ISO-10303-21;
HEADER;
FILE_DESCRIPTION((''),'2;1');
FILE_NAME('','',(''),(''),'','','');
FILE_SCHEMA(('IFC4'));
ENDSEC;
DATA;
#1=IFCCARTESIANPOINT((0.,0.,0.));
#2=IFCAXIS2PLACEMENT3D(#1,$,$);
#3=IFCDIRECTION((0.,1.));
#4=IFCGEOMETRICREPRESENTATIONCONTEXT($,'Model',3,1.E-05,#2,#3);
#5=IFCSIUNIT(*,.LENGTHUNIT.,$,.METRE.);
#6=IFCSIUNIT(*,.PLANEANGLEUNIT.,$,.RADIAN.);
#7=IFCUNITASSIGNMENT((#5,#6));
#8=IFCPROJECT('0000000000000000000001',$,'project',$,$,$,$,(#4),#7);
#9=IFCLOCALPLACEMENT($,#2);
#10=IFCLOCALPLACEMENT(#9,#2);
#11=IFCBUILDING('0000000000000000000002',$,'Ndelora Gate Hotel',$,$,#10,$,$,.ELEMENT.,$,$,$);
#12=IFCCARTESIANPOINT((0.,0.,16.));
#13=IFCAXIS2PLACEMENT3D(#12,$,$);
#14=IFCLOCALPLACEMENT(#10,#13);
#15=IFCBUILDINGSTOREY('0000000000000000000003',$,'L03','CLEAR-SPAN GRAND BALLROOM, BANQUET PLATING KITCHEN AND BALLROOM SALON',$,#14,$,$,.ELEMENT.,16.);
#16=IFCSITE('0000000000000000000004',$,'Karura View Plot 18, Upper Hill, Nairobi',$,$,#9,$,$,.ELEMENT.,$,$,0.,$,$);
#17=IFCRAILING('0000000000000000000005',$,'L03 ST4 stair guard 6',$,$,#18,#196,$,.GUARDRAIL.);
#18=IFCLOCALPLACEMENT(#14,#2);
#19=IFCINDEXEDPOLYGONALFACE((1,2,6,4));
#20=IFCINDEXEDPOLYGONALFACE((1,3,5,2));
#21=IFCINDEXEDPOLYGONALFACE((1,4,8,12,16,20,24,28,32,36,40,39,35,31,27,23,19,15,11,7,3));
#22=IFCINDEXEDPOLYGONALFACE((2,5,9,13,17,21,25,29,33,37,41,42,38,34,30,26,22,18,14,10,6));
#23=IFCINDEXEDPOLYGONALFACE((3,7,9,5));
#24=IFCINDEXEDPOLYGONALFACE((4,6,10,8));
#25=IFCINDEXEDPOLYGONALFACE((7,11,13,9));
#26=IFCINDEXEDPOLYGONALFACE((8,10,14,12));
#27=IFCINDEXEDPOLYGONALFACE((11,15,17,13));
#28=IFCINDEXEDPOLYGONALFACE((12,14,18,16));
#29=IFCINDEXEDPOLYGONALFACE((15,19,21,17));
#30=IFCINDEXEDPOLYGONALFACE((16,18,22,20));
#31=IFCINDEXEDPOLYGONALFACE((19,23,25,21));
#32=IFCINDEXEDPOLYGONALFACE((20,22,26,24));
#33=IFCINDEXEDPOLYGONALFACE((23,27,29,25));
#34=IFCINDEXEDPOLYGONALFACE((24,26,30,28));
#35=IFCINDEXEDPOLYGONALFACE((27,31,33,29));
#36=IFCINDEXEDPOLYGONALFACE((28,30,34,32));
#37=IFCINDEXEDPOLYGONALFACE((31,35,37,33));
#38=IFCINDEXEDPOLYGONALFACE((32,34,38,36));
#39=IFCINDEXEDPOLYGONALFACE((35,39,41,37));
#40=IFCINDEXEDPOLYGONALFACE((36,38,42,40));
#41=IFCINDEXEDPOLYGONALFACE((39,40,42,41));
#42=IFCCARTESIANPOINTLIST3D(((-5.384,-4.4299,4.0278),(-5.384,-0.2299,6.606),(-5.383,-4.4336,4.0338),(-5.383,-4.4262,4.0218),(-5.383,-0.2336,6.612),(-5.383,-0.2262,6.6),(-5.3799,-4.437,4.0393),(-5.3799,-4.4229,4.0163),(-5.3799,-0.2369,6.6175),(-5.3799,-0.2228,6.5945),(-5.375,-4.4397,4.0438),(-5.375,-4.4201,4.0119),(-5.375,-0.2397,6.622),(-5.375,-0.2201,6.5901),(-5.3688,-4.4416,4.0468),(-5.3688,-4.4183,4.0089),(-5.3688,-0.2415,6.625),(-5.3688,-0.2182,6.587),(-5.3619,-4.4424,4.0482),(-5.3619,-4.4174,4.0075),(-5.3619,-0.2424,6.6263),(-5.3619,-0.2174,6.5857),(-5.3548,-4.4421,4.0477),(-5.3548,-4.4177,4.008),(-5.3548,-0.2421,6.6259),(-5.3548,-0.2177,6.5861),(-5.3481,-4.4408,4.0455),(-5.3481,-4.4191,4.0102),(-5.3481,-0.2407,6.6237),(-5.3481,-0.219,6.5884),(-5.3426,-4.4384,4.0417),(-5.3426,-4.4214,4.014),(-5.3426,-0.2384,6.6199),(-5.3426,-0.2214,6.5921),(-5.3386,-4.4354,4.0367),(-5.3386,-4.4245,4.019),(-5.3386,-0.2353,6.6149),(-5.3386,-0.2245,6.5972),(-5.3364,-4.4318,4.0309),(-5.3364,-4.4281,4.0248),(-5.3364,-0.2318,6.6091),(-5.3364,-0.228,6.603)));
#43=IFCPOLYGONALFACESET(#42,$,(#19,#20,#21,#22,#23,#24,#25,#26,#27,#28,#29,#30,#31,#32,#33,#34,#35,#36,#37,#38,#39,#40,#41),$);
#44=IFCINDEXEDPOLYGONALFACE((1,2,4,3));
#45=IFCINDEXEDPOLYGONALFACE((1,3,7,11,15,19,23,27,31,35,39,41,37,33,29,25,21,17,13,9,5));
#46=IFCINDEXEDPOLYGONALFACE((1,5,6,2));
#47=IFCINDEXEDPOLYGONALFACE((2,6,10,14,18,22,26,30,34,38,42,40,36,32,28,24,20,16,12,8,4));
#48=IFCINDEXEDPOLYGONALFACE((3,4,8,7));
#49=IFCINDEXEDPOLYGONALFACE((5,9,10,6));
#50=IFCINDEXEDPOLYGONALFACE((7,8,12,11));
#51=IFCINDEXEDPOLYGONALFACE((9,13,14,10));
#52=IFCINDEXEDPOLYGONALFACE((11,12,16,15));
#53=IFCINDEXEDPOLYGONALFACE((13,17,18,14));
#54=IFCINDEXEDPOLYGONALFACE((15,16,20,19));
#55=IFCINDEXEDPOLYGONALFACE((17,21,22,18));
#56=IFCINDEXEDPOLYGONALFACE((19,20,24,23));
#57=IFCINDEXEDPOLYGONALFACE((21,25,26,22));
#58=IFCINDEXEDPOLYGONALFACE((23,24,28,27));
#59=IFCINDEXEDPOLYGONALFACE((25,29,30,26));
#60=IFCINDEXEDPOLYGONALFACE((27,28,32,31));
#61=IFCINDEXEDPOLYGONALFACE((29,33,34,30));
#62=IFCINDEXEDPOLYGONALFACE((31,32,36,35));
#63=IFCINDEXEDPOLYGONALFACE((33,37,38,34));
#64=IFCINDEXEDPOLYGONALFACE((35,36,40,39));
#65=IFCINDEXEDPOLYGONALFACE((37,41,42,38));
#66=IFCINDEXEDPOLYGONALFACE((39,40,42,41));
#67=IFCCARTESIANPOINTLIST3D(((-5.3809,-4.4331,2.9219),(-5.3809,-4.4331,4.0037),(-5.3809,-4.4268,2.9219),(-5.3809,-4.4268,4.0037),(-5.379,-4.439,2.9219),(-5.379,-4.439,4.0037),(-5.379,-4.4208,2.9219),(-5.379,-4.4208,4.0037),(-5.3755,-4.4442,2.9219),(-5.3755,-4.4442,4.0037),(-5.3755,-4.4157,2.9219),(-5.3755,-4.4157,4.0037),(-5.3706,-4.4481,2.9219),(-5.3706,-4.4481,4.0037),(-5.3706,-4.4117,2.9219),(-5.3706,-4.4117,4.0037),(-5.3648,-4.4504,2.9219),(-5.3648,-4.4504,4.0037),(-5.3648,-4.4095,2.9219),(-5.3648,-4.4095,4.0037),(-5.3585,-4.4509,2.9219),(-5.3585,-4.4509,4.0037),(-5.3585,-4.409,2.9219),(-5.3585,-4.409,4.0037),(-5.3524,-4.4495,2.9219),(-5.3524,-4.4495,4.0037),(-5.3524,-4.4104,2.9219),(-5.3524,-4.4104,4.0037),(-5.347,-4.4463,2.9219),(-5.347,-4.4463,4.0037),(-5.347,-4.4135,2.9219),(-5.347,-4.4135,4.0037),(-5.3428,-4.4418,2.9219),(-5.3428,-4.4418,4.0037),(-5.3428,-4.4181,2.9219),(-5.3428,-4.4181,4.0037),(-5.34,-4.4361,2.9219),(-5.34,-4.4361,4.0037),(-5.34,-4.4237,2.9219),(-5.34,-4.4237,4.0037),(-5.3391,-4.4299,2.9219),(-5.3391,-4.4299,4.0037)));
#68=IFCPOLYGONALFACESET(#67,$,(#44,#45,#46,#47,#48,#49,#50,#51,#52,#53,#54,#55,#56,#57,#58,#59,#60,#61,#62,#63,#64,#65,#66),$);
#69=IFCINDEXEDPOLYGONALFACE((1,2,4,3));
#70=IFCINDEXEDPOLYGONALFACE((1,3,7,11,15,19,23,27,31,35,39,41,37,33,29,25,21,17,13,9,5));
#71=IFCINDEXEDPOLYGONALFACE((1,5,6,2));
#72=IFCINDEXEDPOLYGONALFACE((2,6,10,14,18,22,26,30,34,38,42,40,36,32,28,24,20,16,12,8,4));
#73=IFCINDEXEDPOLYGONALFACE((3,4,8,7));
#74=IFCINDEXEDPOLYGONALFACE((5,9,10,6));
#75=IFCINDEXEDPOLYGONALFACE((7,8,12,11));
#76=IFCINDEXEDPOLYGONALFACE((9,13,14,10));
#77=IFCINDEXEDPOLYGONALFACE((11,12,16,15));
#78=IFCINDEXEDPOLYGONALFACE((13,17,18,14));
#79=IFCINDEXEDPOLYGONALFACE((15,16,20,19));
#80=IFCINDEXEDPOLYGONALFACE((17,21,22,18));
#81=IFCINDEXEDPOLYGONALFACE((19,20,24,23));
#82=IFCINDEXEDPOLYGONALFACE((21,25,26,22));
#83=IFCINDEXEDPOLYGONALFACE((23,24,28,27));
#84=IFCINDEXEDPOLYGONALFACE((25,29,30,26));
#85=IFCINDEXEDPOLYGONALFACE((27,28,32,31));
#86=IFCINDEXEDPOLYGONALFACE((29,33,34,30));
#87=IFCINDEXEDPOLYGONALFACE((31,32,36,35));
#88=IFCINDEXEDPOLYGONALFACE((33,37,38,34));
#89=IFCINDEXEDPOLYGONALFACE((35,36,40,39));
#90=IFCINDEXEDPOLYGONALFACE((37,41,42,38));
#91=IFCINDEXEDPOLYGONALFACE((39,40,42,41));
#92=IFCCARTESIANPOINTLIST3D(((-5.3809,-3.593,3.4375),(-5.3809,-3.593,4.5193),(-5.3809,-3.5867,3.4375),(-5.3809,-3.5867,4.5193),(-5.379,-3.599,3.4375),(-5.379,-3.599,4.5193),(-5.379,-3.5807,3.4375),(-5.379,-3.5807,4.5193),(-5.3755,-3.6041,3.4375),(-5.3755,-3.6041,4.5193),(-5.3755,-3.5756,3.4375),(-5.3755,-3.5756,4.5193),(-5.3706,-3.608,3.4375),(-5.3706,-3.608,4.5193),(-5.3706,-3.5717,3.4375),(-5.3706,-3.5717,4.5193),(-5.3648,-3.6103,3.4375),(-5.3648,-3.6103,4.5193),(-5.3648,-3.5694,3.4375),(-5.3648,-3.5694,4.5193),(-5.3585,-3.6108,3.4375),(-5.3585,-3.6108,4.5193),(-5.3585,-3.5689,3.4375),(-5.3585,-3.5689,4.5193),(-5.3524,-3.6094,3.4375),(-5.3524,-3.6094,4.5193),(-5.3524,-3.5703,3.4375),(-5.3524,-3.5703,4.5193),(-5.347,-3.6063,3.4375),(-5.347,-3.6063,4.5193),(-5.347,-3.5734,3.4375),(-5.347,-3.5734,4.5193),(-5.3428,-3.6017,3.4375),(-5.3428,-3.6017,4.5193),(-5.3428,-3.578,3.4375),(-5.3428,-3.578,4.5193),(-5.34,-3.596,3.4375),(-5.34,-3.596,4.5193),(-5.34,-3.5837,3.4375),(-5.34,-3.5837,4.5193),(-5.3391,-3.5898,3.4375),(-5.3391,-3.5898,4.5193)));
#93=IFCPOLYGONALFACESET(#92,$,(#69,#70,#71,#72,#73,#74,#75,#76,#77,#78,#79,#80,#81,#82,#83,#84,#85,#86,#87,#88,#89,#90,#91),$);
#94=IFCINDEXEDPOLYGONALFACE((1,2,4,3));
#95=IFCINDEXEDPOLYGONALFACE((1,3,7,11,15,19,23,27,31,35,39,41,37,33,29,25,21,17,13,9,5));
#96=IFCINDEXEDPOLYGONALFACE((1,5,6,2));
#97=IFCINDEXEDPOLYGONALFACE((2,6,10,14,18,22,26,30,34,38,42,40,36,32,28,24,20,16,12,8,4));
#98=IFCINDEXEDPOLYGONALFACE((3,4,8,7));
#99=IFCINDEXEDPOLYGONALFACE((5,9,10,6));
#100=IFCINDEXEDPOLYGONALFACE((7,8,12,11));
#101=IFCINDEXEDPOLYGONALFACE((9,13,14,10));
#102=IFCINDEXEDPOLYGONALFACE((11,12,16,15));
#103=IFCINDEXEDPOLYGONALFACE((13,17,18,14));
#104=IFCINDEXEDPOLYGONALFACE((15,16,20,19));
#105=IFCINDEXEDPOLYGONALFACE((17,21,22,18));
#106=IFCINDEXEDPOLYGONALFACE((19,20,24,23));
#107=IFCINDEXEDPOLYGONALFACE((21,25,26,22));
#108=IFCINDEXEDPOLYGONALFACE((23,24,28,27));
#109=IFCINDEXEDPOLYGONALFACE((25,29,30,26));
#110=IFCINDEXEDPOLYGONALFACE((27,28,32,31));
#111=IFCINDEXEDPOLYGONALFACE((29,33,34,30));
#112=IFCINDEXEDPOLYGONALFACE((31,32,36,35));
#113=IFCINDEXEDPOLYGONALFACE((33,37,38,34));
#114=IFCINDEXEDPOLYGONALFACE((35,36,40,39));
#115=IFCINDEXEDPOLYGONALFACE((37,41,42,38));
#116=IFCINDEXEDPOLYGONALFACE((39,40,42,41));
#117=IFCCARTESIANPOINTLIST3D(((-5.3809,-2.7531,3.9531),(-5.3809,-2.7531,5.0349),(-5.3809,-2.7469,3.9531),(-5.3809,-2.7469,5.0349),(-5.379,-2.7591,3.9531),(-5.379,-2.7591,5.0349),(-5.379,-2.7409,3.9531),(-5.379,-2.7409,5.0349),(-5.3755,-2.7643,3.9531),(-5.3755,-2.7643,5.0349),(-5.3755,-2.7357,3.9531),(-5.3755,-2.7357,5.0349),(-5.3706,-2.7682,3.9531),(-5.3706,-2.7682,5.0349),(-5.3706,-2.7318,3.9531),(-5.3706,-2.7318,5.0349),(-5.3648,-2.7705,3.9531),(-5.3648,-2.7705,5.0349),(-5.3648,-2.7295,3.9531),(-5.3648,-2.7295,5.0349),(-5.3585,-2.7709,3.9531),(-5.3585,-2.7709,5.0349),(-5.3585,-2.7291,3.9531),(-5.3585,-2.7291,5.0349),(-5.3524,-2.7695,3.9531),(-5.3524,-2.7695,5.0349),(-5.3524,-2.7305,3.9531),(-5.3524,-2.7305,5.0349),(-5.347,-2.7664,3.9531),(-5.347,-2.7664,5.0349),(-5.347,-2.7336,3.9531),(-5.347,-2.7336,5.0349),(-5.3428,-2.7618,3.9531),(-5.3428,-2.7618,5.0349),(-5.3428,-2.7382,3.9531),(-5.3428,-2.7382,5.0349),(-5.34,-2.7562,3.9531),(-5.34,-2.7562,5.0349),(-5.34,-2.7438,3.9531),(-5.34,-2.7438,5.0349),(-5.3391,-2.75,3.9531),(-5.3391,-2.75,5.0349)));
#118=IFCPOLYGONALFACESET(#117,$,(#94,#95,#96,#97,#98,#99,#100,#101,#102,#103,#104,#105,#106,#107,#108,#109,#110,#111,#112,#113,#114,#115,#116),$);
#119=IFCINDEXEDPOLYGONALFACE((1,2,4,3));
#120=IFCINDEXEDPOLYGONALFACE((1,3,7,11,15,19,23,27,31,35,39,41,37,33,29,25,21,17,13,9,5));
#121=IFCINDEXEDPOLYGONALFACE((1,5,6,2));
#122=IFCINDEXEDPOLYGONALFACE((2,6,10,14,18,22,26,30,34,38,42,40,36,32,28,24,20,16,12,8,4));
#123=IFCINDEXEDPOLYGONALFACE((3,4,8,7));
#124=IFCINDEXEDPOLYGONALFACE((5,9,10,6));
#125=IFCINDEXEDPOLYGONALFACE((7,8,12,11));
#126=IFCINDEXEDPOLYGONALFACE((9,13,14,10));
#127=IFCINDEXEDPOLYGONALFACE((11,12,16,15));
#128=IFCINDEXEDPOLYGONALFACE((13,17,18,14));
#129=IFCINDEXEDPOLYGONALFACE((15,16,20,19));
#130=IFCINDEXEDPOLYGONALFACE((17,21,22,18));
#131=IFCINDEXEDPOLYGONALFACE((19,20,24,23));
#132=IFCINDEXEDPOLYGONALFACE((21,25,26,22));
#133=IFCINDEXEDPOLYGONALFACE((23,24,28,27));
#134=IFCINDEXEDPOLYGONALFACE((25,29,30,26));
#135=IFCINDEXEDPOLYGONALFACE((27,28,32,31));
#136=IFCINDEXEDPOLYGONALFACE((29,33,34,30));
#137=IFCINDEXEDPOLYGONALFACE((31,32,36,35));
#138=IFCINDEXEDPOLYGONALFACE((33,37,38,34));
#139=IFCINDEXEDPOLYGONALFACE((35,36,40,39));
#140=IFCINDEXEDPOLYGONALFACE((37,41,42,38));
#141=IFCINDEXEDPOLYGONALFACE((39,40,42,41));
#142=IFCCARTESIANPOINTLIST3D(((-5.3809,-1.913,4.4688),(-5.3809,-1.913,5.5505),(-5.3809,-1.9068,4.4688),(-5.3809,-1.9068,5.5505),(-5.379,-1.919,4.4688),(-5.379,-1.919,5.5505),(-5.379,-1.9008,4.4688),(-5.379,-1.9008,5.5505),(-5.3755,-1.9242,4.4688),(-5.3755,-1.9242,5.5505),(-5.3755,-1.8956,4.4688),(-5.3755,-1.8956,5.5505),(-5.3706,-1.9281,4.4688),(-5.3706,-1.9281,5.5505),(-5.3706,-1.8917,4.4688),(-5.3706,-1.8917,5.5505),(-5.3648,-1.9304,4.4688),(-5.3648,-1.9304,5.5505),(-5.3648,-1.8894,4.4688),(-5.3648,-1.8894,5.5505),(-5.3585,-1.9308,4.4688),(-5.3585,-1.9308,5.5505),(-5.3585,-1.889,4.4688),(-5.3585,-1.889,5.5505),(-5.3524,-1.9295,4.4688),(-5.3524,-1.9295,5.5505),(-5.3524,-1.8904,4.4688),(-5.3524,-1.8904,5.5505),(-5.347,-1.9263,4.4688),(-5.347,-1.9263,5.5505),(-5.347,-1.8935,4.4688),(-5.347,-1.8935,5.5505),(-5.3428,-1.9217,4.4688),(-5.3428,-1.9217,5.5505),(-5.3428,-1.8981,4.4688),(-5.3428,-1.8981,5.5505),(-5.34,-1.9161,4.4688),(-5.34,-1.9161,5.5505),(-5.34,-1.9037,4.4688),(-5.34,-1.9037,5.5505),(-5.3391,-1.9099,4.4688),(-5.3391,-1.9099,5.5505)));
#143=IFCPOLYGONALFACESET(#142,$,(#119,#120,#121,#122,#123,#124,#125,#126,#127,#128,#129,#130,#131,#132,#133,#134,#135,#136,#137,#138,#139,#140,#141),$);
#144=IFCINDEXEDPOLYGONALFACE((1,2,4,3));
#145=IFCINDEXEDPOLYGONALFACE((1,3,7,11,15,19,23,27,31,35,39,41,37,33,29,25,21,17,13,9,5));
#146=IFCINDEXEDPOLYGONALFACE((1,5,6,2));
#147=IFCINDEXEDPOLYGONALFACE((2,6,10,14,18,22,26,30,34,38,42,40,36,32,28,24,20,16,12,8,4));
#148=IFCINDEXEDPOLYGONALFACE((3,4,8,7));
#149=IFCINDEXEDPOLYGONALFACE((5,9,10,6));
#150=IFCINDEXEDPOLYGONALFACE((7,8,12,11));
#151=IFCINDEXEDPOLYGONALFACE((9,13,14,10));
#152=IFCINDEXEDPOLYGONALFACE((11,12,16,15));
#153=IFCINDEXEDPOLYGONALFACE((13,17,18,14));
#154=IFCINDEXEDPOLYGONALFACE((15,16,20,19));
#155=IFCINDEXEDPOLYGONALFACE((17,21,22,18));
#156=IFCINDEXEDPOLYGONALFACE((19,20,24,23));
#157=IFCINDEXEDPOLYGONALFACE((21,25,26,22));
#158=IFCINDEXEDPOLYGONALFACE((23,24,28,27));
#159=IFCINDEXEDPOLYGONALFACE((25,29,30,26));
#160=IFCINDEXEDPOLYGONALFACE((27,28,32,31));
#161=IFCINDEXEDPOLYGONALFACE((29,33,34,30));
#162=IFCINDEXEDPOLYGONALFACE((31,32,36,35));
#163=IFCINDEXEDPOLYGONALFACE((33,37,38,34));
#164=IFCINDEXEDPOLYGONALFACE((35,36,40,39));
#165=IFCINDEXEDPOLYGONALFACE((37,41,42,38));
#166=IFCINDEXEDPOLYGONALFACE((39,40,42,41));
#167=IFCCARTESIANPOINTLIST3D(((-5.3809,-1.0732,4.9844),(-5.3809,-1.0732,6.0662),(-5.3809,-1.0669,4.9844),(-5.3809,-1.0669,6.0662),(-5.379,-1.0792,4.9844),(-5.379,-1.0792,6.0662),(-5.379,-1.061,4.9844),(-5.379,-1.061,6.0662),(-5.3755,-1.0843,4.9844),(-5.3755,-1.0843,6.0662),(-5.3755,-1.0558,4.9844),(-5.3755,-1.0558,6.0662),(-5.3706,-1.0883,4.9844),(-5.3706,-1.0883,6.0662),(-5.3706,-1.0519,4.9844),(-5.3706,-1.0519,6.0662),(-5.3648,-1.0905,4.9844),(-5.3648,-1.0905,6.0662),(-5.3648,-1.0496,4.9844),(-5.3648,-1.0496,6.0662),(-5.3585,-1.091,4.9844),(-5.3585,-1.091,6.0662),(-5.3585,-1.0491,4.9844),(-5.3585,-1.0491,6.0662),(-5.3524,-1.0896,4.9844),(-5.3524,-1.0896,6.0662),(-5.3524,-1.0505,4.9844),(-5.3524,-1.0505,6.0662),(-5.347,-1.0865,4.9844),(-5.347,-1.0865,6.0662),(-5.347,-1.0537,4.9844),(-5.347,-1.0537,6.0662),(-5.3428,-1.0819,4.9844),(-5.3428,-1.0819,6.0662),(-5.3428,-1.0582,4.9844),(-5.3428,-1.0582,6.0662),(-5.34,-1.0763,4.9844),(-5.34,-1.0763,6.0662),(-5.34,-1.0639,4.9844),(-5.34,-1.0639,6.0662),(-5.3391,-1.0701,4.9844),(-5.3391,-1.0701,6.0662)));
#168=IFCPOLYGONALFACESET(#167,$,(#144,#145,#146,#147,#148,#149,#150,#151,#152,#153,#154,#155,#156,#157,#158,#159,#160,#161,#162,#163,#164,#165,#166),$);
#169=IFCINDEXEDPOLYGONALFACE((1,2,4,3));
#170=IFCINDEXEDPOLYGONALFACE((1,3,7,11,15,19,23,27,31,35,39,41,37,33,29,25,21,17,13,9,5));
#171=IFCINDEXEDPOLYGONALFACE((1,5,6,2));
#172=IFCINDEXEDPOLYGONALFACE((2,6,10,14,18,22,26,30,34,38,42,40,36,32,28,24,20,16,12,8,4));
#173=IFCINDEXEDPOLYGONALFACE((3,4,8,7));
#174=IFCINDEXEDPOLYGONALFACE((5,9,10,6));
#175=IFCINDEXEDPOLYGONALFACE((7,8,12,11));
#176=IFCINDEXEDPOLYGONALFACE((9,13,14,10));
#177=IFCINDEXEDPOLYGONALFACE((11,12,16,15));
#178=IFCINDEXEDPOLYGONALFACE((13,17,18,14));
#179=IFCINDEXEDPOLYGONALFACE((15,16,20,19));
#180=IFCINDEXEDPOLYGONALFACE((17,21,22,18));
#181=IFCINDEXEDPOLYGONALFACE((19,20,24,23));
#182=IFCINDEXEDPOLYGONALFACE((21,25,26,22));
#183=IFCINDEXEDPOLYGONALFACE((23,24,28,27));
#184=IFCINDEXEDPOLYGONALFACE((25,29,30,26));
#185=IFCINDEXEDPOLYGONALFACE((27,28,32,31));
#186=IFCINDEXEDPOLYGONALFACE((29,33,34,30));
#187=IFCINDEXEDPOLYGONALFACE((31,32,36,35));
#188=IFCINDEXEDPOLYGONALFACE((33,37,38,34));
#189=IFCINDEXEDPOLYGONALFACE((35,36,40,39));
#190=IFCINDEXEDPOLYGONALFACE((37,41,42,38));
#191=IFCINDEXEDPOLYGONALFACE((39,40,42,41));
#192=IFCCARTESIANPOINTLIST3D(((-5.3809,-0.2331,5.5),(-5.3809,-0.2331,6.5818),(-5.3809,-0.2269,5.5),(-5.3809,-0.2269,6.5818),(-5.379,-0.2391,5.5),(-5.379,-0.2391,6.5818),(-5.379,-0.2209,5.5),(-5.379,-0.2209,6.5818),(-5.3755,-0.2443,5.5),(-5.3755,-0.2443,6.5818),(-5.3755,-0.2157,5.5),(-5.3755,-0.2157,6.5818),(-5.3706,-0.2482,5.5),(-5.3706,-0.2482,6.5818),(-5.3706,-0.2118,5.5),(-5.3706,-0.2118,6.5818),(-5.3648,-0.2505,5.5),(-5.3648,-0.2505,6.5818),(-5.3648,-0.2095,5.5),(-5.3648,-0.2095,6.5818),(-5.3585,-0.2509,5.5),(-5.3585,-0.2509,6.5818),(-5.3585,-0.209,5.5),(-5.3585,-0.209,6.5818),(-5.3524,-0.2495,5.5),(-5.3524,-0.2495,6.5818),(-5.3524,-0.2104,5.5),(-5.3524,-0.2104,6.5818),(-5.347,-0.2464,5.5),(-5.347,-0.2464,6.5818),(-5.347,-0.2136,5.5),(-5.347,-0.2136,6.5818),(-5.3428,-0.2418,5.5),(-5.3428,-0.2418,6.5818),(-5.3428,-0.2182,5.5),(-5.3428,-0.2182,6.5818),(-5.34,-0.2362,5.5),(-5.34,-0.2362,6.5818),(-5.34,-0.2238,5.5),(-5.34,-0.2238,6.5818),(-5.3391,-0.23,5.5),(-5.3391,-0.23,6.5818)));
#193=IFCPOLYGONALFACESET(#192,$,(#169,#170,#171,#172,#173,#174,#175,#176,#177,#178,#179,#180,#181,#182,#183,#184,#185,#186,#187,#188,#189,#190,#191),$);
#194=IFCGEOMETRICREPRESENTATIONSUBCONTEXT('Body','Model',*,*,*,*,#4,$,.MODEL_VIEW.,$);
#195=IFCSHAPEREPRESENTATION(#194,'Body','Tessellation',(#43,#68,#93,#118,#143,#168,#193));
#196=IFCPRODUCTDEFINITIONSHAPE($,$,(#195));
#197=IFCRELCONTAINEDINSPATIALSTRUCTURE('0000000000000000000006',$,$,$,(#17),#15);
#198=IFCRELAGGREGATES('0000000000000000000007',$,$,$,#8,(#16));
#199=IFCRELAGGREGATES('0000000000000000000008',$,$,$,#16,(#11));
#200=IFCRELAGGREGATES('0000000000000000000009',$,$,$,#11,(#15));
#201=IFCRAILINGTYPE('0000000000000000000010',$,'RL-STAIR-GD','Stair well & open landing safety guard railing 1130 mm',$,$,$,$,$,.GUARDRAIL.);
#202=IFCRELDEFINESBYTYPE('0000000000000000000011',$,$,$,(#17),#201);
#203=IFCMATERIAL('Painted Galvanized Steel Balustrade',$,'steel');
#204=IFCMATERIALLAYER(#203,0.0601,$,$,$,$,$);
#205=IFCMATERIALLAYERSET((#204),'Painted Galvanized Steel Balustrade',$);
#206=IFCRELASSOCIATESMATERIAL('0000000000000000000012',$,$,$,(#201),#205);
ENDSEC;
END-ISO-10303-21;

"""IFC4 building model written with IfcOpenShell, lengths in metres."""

from ifc_helpers import new_model, si_unit, direction, frame, origin, origin_2d, place, context, subcontext, project, spatial, circle, extrude, material, layer, layer_set, type_object, element, save


model = new_model("IFC4")

# Units and contexts
model_context = context("Model", 3, precision=1e-05, world=origin(), true_north=direction((0.0, 1.0)))
body_context = subcontext(model_context, "Body", "Model", "MODEL_VIEW")
ifc_project = project(units=[si_unit("LENGTHUNIT", "METRE"), si_unit("PLANEANGLEUNIT", "RADIAN")], contexts=[model_context])

# Site, building, storey
site_placement = place(None, origin())
site = spatial("IfcSite", under=ifc_project, at=site_placement, Name="Karura View Plot 18, Upper Hill, Nairobi", CompositionType="ELEMENT", RefElevation=0.0)
building_placement = place(site_placement, origin())
building = spatial("IfcBuilding", under=site, at=building_placement, Name="Ndelora Gate Hotel", CompositionType="ELEMENT")
storey_placement = place(building_placement, frame((0.0, 0.0, 16.0)))
storey = spatial("IfcBuildingStorey", under=building, at=storey_placement, Name="L03", Description="CLEAR-SPAN GRAND BALLROOM, BANQUET PLATING KITCHEN AND BALLROOM SALON", CompositionType="ELEMENT", Elevation=16.0)

# Railing
ifc_material_1 = material(Name="Painted Galvanized Steel Balustrade", Category="steel")
ifc_layer_1 = layer(ifc_material_1, 0.0601)
ifc_layer_set_1 = layer_set([ifc_layer_1], Name="Painted Galvanized Steel Balustrade")
railing_type = type_object("IfcRailingType", Name="RL-STAIR-GD", Description="Stair well & open landing safety guard railing 1130 mm", PredefinedType="GUARDRAIL", material=ifc_layer_set_1)
railing_1_placement = place(storey_placement, frame((-5.3601, -4.4299, 2.9219)))
element("IfcRailing", 1, at=railing_1_placement, inside=storey, type_object=railing_type, Name="L03 ST4 stair guard 6", PredefinedType="GUARDRAIL", context=body_context, shape_type="SweptSolid", body=[
    extrude(circle(Radius=0.0239, at=origin_2d()), frame((0.0, 0.0, 1.106), z_axis=(0.0, 0.852243, 0.523146), x_axis=(-1.0, 0.0, 0.0)), (0.0, 0.0, 1.0), 4.9282),
    extrude(circle(Radius=0.021, at=origin_2d()), origin(), (0.0, 0.0, 1.0), 1.0818),
    extrude(circle(Radius=0.021, at=origin_2d()), frame((0.0, 0.8401, 0.5156)), (0.0, 0.0, 1.0), 1.0818),
    extrude(circle(Radius=0.021, at=origin_2d()), frame((0.0, 1.6799, 1.0312)), (0.0, 0.0, 1.0), 1.0818),
    extrude(circle(Radius=0.021, at=origin_2d()), frame((0.0, 2.52, 1.5469)), (0.0, 0.0, 1.0), 1.0818),
    extrude(circle(Radius=0.021, at=origin_2d()), frame((0.0, 3.3599, 2.0625)), (0.0, 0.0, 1.0), 1.0818),
    extrude(circle(Radius=0.021, at=origin_2d()), frame((0.0, 4.2, 2.5781)), (0.0, 0.0, 1.0), 1.0818),
])

save(model, "model.ifc")
